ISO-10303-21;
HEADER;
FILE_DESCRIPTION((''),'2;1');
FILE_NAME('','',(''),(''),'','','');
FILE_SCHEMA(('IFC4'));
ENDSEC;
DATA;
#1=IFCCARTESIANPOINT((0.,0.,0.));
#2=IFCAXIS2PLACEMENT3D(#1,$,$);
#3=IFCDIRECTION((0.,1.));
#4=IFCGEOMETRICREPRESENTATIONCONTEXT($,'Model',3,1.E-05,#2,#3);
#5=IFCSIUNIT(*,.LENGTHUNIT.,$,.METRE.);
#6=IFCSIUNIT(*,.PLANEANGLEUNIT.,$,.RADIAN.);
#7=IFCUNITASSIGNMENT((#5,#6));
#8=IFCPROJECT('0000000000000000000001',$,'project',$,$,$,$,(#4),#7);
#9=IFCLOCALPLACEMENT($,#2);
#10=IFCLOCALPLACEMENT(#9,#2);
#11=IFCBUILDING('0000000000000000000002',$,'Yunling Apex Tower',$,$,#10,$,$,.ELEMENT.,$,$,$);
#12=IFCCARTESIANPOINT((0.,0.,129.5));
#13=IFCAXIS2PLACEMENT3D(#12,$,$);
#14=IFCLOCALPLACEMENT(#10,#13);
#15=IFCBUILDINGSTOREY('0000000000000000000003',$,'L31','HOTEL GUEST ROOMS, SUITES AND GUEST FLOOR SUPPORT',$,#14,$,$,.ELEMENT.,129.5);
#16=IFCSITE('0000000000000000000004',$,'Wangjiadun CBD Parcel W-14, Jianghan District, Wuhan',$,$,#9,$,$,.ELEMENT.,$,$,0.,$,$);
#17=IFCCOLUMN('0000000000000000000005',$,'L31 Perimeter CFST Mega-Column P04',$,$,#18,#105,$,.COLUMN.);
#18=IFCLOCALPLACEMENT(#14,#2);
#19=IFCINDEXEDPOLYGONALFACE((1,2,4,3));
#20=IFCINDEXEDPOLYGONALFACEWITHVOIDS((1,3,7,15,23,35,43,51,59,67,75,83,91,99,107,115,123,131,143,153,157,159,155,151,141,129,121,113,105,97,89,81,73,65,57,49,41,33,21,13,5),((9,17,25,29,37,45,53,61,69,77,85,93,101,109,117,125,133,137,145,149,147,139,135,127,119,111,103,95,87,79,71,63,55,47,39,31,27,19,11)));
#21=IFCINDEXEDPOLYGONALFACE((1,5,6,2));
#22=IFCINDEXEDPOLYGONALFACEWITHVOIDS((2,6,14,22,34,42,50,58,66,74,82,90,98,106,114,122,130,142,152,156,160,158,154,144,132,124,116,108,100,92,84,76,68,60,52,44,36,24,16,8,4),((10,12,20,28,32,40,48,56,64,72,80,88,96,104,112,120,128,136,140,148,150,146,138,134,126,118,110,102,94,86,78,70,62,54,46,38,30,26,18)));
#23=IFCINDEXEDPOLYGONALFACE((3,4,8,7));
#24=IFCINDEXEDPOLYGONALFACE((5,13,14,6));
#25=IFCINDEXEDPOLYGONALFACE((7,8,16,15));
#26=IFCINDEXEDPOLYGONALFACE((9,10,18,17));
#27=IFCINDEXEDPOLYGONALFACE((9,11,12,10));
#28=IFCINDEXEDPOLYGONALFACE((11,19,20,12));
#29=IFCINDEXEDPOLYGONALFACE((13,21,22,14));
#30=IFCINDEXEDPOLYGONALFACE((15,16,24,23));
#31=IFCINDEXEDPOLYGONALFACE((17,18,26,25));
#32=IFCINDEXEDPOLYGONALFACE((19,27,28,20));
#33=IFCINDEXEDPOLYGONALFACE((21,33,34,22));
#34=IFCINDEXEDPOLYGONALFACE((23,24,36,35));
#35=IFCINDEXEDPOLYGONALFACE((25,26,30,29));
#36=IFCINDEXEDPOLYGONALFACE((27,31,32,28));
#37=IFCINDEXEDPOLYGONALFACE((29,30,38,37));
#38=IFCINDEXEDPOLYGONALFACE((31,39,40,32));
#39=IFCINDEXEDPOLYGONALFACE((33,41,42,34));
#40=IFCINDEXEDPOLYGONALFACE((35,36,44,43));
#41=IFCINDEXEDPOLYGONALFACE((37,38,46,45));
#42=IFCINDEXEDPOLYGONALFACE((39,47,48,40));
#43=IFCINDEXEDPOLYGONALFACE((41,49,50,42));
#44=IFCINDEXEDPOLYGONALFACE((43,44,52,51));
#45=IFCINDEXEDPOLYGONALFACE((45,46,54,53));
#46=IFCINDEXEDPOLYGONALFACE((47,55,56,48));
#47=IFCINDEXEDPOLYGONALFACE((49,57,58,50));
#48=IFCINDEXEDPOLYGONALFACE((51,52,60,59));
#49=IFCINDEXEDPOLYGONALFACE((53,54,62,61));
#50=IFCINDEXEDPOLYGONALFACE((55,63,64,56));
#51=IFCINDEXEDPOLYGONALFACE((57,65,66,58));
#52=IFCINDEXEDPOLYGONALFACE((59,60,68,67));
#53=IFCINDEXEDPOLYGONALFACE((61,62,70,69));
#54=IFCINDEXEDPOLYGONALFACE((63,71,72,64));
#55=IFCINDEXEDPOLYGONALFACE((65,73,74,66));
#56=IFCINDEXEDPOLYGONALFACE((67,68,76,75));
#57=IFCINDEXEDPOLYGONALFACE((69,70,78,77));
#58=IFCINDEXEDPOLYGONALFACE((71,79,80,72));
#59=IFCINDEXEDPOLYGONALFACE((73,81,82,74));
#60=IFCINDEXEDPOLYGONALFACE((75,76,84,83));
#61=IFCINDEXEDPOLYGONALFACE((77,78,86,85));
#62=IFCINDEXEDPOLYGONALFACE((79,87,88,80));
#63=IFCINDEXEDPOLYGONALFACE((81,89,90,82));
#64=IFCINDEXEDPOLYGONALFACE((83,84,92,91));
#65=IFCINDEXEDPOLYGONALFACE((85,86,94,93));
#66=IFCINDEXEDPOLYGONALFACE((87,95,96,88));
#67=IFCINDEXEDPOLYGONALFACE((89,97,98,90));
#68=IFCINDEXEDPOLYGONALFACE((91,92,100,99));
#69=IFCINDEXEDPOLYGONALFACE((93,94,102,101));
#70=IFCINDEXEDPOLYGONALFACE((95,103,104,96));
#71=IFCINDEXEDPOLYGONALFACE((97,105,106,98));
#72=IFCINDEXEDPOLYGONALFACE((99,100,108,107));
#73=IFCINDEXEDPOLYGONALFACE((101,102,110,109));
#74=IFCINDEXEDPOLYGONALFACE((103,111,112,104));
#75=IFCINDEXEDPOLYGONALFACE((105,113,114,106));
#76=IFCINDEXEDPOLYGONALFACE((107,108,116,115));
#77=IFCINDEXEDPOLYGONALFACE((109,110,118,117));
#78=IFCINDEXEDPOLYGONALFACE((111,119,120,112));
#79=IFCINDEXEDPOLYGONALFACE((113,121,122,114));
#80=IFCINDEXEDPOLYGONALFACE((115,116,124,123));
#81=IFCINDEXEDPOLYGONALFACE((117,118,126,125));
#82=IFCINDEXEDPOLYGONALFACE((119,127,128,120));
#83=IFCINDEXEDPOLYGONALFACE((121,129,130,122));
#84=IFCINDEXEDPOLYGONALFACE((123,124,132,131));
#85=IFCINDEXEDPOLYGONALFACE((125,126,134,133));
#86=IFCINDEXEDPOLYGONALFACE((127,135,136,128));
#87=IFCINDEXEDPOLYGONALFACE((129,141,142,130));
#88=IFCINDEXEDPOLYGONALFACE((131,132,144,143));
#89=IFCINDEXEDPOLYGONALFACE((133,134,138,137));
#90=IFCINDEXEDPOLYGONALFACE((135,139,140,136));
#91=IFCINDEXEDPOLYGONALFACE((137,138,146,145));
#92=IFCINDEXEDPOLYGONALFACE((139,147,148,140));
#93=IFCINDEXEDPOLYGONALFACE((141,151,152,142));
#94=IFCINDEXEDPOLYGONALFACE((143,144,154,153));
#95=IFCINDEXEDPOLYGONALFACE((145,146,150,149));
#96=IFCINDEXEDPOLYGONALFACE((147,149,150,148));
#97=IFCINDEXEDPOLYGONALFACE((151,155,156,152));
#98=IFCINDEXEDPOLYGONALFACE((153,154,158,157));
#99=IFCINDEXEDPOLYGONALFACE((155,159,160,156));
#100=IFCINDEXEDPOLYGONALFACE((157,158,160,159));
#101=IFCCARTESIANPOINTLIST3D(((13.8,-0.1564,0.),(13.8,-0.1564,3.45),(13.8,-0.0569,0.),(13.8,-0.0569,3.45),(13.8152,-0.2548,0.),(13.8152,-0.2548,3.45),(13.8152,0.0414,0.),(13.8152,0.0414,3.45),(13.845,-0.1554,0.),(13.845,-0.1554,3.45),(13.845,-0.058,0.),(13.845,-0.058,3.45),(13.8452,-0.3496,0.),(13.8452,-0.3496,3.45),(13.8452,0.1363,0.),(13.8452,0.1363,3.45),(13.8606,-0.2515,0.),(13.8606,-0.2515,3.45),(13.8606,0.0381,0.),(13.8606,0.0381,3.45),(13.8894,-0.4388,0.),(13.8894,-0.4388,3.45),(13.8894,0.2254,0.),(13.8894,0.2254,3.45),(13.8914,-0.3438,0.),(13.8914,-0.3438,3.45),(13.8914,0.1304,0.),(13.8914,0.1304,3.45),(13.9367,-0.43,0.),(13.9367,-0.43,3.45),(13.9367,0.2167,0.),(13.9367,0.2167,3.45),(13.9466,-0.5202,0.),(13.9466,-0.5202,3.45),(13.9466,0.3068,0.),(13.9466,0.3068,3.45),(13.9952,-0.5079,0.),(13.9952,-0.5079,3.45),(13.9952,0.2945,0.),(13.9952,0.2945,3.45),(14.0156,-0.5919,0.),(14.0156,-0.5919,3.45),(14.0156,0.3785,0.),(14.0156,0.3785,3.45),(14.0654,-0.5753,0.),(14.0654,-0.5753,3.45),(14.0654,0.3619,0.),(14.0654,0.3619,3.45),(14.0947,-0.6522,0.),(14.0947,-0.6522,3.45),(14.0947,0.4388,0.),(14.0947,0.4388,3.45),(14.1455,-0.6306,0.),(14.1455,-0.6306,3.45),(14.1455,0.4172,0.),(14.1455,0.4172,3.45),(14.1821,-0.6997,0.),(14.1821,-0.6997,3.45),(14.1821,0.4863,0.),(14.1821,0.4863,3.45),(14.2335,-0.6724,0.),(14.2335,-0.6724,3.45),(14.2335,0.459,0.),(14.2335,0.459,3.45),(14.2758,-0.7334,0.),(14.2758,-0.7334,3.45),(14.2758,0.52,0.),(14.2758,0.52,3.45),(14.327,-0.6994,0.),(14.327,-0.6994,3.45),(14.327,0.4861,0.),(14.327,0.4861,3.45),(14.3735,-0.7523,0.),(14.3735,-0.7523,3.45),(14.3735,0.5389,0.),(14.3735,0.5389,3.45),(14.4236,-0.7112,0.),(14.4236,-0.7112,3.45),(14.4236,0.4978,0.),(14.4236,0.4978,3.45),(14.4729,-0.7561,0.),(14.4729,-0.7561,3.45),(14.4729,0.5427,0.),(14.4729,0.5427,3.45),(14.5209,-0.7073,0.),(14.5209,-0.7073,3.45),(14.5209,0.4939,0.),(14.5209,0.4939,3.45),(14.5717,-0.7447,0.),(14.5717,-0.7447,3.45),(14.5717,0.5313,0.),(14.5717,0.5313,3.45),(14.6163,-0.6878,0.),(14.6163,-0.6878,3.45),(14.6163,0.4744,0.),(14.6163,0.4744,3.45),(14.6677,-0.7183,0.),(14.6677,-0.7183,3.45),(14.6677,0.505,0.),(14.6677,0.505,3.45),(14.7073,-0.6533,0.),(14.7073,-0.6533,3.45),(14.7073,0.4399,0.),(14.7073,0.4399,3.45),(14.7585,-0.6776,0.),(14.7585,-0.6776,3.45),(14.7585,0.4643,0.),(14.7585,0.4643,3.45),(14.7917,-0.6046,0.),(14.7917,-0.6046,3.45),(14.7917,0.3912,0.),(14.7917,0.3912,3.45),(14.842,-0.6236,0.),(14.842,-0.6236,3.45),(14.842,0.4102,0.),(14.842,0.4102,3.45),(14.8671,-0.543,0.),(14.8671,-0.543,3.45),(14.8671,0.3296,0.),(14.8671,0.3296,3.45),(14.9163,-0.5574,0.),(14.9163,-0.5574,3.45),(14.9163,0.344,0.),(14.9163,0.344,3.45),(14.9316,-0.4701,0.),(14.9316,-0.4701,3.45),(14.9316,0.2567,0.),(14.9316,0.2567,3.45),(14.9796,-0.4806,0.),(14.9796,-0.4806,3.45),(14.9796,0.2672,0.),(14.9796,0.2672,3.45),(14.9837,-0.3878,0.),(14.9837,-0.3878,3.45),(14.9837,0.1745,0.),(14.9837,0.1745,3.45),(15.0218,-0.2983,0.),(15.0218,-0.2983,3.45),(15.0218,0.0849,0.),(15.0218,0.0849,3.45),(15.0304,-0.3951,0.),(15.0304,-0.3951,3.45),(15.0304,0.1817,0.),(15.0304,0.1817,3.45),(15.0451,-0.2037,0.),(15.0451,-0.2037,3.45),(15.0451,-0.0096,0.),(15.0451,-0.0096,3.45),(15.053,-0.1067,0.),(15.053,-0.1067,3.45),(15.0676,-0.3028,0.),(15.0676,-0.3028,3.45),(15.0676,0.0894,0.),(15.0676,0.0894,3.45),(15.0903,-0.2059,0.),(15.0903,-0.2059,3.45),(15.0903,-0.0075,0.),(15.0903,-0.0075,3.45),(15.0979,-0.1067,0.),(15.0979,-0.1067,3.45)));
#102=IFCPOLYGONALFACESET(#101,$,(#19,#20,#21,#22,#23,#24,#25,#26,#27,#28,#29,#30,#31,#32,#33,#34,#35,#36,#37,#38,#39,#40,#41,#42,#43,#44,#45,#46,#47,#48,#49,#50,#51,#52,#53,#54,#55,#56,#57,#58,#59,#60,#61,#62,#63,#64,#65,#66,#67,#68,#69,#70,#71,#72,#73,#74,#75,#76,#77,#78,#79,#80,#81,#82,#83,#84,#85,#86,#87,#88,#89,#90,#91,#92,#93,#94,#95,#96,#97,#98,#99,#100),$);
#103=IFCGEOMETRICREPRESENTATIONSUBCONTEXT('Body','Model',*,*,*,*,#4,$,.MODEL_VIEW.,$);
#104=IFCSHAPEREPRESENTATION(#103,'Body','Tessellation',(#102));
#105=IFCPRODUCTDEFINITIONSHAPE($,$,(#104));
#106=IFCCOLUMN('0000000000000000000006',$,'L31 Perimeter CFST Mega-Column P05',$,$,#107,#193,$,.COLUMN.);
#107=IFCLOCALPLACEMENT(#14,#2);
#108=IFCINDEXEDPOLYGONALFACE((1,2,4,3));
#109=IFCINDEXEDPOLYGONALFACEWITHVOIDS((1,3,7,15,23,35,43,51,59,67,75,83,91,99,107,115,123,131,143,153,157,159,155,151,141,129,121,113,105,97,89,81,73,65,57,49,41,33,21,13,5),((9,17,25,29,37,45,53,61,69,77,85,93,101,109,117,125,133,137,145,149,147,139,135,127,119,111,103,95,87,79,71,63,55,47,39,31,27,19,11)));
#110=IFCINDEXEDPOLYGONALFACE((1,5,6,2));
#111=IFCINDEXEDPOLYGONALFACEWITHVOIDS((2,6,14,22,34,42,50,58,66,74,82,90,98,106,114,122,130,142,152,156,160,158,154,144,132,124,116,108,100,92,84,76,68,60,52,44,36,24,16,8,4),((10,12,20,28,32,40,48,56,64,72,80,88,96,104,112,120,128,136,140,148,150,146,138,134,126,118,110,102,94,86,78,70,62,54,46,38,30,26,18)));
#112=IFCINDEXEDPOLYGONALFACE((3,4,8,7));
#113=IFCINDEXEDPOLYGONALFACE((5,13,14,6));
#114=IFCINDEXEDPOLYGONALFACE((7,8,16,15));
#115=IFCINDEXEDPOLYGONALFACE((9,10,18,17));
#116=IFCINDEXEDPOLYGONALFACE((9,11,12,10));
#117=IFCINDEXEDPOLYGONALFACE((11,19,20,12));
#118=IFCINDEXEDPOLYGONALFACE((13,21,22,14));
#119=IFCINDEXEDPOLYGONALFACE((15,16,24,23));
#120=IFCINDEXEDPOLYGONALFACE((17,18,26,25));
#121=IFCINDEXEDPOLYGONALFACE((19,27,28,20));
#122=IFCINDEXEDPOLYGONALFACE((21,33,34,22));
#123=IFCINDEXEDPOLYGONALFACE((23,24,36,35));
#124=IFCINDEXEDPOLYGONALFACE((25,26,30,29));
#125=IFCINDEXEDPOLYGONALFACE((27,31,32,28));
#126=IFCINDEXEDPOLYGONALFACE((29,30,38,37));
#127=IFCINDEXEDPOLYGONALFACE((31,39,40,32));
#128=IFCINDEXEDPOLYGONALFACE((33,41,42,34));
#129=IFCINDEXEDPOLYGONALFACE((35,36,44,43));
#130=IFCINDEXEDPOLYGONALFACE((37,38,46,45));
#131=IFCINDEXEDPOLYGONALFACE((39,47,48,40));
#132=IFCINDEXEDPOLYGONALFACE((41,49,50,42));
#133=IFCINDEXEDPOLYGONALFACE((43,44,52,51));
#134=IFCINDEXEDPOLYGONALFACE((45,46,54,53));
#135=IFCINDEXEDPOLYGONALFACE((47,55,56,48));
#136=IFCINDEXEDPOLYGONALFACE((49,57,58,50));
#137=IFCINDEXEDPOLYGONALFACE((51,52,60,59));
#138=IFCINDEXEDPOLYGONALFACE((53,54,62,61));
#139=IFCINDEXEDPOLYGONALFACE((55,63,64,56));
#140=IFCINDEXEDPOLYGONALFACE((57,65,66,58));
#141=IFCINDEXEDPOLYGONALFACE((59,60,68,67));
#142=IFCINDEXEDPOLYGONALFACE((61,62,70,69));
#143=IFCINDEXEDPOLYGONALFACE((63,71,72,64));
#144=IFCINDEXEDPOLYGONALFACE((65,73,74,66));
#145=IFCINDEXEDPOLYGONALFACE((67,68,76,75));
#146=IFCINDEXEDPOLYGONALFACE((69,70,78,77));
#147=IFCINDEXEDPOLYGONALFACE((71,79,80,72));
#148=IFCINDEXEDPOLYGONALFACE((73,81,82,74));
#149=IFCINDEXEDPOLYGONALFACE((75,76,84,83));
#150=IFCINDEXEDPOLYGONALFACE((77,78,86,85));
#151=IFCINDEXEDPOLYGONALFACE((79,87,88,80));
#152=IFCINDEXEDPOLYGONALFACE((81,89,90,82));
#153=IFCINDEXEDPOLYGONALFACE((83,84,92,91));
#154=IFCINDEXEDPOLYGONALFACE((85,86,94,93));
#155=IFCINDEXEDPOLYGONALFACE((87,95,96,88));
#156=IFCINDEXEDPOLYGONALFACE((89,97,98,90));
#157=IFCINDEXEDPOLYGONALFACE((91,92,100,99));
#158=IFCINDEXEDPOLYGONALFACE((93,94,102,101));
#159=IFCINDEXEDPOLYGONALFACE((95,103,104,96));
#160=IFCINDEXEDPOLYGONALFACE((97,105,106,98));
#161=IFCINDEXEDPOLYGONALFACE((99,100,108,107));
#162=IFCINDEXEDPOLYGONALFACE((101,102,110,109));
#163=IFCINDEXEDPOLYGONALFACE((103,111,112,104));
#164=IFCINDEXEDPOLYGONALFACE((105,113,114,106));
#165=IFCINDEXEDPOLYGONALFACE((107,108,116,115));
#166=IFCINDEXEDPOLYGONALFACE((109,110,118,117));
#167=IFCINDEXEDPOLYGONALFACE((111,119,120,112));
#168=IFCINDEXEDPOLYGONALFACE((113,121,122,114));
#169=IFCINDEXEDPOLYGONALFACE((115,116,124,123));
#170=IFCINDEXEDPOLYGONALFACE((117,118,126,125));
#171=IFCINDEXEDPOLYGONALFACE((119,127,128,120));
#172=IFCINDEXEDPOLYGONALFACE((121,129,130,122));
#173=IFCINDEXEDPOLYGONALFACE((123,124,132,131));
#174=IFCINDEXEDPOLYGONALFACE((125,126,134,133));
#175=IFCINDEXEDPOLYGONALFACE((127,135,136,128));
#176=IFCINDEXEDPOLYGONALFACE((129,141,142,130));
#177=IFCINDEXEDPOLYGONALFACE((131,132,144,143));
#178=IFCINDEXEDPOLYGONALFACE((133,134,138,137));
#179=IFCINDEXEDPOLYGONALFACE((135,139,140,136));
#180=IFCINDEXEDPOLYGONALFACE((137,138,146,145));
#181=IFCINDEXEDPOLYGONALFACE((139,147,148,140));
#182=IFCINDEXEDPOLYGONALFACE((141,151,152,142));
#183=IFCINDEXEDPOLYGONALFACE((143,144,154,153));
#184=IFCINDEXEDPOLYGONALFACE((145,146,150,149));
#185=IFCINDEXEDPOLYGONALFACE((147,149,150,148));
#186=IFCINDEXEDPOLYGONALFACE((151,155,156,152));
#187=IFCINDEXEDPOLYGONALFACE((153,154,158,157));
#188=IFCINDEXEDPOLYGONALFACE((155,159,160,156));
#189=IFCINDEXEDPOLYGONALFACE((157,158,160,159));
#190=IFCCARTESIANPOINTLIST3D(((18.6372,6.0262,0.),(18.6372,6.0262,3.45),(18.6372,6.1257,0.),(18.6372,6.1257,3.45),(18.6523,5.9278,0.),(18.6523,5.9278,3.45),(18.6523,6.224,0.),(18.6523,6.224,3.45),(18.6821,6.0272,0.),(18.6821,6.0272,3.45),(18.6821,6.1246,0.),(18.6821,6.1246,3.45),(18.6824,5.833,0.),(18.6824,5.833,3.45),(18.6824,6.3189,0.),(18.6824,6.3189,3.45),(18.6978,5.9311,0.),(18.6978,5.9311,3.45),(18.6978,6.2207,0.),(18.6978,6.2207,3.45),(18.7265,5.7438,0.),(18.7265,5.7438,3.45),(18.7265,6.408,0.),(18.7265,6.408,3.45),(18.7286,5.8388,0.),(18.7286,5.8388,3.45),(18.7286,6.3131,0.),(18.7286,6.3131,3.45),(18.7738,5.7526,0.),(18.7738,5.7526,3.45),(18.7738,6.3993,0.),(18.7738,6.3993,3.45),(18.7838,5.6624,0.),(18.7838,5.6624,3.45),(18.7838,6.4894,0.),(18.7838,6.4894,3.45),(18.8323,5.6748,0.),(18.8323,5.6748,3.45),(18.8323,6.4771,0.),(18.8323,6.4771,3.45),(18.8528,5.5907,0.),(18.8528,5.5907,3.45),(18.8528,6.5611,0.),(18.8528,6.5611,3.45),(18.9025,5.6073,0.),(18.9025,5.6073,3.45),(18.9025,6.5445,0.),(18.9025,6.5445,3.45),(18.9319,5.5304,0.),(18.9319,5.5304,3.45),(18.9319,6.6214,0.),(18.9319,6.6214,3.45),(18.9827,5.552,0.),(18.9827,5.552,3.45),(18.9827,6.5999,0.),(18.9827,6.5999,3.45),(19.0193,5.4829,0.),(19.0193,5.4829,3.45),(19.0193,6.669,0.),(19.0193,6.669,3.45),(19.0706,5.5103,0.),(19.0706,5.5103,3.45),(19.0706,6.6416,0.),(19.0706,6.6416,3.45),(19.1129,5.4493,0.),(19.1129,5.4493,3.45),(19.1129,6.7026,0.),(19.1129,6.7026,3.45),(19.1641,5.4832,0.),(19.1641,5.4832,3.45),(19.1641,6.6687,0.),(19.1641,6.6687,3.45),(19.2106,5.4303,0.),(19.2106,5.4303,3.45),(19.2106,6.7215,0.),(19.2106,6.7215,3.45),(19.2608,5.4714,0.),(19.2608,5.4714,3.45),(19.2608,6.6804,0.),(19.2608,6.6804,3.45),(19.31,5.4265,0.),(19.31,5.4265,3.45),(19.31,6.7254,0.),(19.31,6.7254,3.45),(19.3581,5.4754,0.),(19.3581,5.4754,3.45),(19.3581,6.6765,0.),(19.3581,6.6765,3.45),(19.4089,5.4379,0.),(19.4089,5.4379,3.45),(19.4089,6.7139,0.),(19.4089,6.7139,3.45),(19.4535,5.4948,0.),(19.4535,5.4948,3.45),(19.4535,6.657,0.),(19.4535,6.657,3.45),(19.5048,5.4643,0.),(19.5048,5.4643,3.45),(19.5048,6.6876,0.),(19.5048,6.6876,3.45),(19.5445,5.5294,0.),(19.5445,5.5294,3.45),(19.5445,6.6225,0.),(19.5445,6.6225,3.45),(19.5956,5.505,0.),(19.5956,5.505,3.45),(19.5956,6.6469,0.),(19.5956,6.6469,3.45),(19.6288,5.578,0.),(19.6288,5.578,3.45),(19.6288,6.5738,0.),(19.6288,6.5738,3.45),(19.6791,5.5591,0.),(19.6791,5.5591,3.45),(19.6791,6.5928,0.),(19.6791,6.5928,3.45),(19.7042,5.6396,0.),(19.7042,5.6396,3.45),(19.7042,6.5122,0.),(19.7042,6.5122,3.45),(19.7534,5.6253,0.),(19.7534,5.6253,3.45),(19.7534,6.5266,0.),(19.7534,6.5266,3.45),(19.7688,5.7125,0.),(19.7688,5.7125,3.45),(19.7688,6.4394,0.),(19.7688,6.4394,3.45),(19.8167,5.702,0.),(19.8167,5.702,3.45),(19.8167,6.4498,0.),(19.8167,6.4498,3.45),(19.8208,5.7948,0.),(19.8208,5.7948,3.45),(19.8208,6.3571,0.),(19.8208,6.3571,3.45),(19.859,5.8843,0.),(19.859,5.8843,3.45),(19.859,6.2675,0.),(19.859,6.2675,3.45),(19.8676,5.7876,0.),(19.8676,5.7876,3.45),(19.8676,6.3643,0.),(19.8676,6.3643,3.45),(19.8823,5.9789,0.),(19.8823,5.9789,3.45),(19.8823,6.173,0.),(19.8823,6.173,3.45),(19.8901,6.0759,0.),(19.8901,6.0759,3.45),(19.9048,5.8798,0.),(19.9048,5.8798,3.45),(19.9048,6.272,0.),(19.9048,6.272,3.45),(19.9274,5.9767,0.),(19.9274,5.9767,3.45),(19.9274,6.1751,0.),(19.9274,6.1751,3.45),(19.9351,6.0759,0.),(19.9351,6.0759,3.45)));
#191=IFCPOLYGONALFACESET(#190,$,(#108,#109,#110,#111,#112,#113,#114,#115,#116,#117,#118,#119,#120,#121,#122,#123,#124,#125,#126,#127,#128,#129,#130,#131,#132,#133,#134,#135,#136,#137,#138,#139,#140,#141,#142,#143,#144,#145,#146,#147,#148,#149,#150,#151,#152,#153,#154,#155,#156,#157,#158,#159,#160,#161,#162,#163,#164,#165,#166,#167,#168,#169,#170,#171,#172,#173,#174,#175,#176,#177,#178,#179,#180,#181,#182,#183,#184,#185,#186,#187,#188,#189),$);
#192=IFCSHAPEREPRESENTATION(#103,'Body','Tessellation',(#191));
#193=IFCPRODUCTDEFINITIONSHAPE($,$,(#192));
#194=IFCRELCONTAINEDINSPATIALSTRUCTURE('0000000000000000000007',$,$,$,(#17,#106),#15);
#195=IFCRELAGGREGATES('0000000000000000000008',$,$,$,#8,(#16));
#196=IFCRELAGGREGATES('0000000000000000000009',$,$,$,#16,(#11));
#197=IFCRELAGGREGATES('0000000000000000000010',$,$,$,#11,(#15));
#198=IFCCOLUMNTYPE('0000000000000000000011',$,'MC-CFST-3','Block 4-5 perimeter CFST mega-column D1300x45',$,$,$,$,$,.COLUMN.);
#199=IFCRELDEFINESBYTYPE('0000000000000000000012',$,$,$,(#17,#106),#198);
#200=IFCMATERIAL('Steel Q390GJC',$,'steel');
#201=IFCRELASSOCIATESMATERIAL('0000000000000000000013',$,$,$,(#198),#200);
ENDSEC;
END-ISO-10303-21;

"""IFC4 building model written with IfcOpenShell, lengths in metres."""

from ifc_helpers import new_model, si_unit, direction, frame, origin, origin_2d, place, context, subcontext, project, spatial, hollow_circle, extrude, source, transform, mapped, material, material_profile, profile_set, type_object, element, save


model = new_model("IFC4")

# Units and contexts
model_context = context("Model", 3, precision=1e-05, world=origin(), true_north=direction((0.0, 1.0)))
body_context = subcontext(model_context, "Body", "Model", "MODEL_VIEW")
ifc_project = project(units=[si_unit("LENGTHUNIT", "METRE"), si_unit("PLANEANGLEUNIT", "RADIAN")], contexts=[model_context])

# Site, building, storey
site_placement = place(None, origin())
site = spatial("IfcSite", under=ifc_project, at=site_placement, Name="Wangjiadun CBD Parcel W-14, Jianghan District, Wuhan", CompositionType="ELEMENT", RefElevation=0.0)
building_placement = place(site_placement, origin())
building = spatial("IfcBuilding", under=site, at=building_placement, Name="Yunling Apex Tower", CompositionType="ELEMENT")
storey_placement = place(building_placement, frame((0.0, 0.0, 129.5)))
storey = spatial("IfcBuildingStorey", under=building, at=storey_placement, Name="L31", Description="HOTEL GUEST ROOMS, SUITES AND GUEST FLOOR SUPPORT", CompositionType="ELEMENT", Elevation=129.5)

# Columns
ifc_material_1 = material(Name="Steel Q390GJC", Category="steel")
ifc_material_profile_1 = material_profile(ifc_material_1, hollow_circle(Radius=0.6499, WallThickness=0.0449, at=origin_2d()))
ifc_profile_set_1 = profile_set([ifc_material_profile_1], Name="Steel Q390GJC")
column_type = type_object("IfcColumnType", Name="MC-CFST-3", Description="Block 4-5 perimeter CFST mega-column D1300x45", PredefinedType="COLUMN", material=ifc_profile_set_1)
shared_shape_1 = source(origin(), body_context, "Body", "SweptSolid", [
    extrude(hollow_circle(Radius=0.6499, WallThickness=0.0449, at=origin_2d()), origin(), (0.0, 0.0, 1.0), 3.45),
])
for number, where, z_axis, x_axis, name in (
    (1, (14.448, -0.1067, 0.0), (0.0, 0.0, 1.0), (1.0, 0.0, 0.0), "L31 Perimeter CFST Mega-Column P04"),
    (2, (19.2852, 6.0759, 0.0), (0.0, 0.0, 1.0), (1.0, 0.0, 0.0), "L31 Perimeter CFST Mega-Column P05"),
):
    element("IfcColumn", number, at=place(storey_placement, frame(where, z_axis=z_axis, x_axis=x_axis)), inside=storey, type_object=column_type, Name=name, PredefinedType="COLUMN", context=body_context, shape_type="MappedRepresentation", body=[
        mapped(shared_shape_1, transform((0.0, 0.0, 0.0), scale=1.0)),
    ])

save(model, "model.ifc")
